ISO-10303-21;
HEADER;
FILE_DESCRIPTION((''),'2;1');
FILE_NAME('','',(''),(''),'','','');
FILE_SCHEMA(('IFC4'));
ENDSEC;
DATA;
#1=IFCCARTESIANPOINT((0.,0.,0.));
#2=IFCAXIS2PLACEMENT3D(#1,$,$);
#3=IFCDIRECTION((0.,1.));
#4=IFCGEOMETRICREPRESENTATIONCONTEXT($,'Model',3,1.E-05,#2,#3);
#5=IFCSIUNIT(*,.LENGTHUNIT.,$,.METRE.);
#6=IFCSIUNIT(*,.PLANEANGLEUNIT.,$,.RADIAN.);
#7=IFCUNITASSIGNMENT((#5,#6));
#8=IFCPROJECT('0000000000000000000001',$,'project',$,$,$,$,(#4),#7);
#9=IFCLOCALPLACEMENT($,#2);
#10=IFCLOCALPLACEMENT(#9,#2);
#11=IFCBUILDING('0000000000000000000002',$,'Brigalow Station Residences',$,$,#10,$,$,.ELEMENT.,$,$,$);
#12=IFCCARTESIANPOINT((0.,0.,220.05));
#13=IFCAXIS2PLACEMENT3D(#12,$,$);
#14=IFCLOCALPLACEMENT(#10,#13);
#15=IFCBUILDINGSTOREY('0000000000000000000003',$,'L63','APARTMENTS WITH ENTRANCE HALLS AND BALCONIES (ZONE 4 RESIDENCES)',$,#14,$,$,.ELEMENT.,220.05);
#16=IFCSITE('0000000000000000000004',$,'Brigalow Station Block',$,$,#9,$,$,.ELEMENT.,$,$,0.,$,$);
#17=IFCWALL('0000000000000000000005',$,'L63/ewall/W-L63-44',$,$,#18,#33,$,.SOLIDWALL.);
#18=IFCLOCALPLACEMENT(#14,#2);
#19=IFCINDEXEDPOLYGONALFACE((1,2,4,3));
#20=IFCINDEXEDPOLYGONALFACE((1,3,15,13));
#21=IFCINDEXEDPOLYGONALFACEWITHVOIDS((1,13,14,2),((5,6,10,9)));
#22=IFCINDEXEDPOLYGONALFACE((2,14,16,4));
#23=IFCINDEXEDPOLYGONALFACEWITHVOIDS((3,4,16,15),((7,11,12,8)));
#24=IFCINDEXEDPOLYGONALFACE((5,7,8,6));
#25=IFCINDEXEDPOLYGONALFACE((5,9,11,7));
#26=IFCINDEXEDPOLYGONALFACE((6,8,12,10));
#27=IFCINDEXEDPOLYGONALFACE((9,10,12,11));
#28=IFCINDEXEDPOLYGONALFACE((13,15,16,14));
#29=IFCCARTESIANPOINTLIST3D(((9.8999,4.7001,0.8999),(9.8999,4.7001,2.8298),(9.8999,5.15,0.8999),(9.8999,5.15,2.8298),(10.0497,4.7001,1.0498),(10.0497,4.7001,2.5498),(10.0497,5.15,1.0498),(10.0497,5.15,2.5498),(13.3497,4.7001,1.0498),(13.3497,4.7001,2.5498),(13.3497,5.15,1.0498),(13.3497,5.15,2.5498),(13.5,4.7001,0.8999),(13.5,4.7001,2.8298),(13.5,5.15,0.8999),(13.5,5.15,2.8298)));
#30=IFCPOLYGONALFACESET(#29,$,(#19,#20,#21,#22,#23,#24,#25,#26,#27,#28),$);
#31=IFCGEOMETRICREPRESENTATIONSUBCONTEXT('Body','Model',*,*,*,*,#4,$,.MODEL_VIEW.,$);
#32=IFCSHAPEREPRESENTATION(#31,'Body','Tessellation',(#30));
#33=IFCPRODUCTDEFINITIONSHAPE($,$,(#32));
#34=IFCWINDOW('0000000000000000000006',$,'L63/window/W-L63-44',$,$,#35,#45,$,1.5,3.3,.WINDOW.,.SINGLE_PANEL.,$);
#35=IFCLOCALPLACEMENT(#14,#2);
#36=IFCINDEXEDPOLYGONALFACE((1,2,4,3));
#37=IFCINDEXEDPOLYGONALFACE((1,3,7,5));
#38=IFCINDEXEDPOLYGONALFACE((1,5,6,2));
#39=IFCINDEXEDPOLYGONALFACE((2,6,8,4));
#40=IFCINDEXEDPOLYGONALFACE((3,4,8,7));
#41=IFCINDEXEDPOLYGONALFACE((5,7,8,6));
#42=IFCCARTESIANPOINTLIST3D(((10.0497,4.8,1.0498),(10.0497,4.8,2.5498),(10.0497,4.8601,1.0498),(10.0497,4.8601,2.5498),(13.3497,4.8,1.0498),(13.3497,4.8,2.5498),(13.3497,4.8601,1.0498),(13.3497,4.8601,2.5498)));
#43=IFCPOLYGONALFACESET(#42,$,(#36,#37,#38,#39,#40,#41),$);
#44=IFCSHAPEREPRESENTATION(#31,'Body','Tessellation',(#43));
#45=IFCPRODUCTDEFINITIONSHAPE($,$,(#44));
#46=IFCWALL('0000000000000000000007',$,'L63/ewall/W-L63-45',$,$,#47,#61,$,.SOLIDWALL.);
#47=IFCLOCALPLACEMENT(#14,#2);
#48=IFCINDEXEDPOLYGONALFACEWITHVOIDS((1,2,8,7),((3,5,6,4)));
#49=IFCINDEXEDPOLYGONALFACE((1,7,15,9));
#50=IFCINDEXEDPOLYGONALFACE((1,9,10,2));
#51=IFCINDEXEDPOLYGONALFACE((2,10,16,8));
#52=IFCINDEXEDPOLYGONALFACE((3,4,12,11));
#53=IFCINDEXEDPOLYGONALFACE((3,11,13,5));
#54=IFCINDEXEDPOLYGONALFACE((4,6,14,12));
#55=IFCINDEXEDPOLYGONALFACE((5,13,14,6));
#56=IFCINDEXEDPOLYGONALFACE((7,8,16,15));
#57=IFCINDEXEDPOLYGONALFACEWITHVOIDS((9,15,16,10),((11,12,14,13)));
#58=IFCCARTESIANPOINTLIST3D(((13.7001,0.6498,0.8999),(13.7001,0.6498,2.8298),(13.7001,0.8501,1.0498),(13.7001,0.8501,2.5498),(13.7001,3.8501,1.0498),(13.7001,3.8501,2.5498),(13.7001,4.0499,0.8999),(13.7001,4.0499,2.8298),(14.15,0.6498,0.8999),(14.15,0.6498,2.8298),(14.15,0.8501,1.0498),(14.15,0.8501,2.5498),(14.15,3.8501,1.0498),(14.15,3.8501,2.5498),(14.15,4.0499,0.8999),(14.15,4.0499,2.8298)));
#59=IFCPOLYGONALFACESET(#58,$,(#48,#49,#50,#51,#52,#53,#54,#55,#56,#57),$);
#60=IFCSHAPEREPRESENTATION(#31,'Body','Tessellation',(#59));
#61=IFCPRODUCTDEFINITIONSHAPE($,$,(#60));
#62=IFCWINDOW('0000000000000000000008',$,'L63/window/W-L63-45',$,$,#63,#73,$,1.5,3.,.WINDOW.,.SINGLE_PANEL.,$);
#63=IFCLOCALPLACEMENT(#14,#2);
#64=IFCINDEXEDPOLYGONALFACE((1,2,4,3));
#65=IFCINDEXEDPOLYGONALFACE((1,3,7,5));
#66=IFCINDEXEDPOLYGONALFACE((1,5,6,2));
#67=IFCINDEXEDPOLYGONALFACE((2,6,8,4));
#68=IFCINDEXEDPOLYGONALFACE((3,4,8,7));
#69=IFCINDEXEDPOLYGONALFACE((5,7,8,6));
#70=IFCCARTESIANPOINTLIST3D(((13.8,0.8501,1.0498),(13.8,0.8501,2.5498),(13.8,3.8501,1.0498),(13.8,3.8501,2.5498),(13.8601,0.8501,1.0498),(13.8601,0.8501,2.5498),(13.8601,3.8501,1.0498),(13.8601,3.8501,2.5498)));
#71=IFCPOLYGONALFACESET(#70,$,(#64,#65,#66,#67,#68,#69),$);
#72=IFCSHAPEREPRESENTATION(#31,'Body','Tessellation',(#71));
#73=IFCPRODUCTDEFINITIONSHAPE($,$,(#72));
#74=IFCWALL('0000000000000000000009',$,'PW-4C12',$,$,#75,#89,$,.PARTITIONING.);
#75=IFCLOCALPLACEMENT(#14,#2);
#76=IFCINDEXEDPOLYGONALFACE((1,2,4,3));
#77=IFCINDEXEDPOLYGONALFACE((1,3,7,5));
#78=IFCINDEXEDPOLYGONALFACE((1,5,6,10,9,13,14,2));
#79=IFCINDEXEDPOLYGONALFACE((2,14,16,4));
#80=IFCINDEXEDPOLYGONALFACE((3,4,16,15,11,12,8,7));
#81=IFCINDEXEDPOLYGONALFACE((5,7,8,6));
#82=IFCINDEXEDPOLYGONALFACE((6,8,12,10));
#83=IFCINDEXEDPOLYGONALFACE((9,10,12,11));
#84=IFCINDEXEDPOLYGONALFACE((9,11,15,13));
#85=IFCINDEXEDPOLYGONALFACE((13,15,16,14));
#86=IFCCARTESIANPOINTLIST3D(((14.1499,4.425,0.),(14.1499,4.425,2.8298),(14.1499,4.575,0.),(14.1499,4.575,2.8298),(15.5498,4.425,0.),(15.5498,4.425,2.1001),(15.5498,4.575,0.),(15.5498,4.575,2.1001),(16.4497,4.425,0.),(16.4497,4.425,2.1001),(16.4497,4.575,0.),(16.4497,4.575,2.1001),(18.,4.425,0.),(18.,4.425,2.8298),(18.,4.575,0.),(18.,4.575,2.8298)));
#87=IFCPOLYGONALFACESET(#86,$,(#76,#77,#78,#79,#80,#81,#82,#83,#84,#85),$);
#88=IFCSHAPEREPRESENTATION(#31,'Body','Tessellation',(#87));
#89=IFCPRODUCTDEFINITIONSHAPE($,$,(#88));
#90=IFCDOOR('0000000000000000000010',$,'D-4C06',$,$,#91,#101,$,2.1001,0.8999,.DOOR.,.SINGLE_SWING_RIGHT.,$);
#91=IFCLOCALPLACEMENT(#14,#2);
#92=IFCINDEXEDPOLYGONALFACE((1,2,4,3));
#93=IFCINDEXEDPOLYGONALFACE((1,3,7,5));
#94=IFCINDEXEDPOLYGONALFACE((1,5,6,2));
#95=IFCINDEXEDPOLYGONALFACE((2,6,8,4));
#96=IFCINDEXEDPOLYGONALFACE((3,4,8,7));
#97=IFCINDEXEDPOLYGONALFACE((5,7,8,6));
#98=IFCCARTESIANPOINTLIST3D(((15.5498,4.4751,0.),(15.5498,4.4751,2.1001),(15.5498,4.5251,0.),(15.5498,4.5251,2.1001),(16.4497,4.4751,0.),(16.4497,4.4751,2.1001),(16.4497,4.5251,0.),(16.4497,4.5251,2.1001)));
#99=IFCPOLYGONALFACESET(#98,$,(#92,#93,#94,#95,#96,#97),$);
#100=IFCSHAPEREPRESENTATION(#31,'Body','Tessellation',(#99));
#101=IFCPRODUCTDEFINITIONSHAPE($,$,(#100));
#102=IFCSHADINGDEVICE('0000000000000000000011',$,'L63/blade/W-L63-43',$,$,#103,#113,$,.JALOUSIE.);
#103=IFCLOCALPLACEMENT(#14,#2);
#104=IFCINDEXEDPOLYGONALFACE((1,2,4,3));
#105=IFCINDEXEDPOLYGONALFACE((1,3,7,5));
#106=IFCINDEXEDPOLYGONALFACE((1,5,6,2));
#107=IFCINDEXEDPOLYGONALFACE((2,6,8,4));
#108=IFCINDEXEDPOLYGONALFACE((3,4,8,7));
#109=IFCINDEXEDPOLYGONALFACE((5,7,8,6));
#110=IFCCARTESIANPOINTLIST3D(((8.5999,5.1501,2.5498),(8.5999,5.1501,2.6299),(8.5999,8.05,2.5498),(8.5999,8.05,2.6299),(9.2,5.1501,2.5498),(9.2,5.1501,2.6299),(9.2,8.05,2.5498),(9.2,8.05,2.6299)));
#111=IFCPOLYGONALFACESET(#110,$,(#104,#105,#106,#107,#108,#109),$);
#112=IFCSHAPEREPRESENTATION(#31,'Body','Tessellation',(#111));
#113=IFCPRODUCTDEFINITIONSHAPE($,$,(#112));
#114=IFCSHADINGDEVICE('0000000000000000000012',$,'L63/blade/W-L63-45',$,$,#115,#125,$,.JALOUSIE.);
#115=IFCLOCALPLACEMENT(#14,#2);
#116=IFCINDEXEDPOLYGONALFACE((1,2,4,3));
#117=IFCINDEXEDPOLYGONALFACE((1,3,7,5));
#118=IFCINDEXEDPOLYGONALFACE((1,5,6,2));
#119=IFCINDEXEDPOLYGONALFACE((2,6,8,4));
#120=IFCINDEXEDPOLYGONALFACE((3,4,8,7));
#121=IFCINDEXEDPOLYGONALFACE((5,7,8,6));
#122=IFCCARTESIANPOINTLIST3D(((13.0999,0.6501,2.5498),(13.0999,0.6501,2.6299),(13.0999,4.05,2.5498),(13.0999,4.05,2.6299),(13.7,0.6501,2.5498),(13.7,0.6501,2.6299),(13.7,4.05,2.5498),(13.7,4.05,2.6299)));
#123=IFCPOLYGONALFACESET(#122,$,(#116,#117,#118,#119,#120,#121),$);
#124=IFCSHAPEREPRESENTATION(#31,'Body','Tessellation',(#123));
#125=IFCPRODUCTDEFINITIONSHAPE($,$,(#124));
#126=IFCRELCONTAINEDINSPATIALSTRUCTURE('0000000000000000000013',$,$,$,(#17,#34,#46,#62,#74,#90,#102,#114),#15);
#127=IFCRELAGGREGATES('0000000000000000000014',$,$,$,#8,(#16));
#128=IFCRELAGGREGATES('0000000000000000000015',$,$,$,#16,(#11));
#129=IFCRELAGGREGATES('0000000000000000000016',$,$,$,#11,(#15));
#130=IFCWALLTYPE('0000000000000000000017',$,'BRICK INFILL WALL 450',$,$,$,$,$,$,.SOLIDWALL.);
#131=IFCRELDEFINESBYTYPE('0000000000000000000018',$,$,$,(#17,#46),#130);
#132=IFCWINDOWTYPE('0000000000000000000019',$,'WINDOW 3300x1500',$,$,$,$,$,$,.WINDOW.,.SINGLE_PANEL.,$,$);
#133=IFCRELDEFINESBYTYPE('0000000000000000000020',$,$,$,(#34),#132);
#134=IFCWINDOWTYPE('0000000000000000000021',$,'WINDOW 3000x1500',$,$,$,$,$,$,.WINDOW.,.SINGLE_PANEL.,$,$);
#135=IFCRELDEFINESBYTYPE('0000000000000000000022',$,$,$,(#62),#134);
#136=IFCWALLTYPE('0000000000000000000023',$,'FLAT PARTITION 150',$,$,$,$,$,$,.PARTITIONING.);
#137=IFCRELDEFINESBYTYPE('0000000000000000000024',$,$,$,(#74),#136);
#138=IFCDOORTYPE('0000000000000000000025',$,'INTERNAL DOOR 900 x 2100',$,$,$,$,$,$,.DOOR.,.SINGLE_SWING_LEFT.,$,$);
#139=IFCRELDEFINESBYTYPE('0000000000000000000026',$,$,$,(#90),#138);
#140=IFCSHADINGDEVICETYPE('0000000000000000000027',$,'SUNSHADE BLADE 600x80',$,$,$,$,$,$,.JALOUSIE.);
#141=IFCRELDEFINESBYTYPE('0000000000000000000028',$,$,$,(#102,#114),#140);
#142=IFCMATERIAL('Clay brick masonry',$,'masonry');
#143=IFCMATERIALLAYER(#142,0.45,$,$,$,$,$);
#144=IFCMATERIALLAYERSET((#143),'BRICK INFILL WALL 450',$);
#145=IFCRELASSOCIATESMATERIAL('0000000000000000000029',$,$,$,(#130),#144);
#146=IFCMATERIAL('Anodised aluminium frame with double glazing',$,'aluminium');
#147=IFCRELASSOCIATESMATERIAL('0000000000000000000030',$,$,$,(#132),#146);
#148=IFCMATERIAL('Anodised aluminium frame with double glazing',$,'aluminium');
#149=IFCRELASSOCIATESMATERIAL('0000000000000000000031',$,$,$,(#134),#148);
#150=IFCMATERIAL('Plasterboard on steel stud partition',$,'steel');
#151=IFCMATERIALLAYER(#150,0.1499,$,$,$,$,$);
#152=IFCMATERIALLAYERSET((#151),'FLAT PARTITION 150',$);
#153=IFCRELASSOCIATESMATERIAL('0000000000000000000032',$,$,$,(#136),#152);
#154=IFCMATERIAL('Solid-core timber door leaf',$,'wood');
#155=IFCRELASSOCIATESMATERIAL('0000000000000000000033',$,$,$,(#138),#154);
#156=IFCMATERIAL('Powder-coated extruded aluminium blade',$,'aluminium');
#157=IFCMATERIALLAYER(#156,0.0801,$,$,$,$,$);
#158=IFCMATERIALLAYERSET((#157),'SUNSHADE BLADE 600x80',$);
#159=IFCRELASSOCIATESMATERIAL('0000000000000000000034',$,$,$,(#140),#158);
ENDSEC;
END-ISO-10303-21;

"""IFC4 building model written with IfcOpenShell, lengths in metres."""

from ifc_helpers import new_model, si_unit, direction, frame, frame_2d, origin, origin_2d, place, context, subcontext, project, spatial, rectangle, extrude, material, layer, layer_set, type_object, element, fill, save


model = new_model("IFC4")

# Units and contexts
model_context = context("Model", 3, precision=1e-05, world=origin(), true_north=direction((0.0, 1.0)))
body_context = subcontext(model_context, "Body", "Model", "MODEL_VIEW")
ifc_project = project(units=[si_unit("LENGTHUNIT", "METRE"), si_unit("PLANEANGLEUNIT", "RADIAN")], contexts=[model_context])

# Site, building, storey
site_placement = place(None, origin())
site = spatial("IfcSite", under=ifc_project, at=site_placement, Name="Brigalow Station Block", CompositionType="ELEMENT", RefElevation=0.0)
building_placement = place(site_placement, origin())
building = spatial("IfcBuilding", under=site, at=building_placement, Name="Brigalow Station Residences", CompositionType="ELEMENT")
storey_placement = place(building_placement, frame((0.0, 0.0, 220.05)))
storey = spatial("IfcBuildingStorey", under=building, at=storey_placement, Name="L63", Description="APARTMENTS WITH ENTRANCE HALLS AND BALCONIES (ZONE 4 RESIDENCES)", CompositionType="ELEMENT", Elevation=220.05)

# Walls, openings, windows
ifc_material_1 = material(Name="Clay brick masonry", Category="masonry")
ifc_layer_1 = layer(ifc_material_1, 0.45)
ifc_layer_set_1 = layer_set([ifc_layer_1], Name="BRICK INFILL WALL 450")
wall_type_1 = type_object("IfcWallType", Name="BRICK INFILL WALL 450", PredefinedType="SOLIDWALL", material=ifc_layer_set_1)
wall_1_placement = place(storey_placement, frame((9.8999, 4.925, 0.8999), z_axis=(0.0, 0.0, 1.0), x_axis=(1.0, 0.0, 0.0)))
wall_1 = element("IfcWall", 1, at=wall_1_placement, inside=storey, type_object=wall_type_1, Name="L63/ewall/W-L63-44", PredefinedType="SOLIDWALL", context=body_context, shape_type="SweptSolid", body=[
    extrude(rectangle(XDim=3.6001, YDim=0.45, at=frame_2d((1.8, 0.0))), origin(), (0.0, 0.0, 1.0), 1.9299),
])
opening_1_placement = place(wall_1_placement, frame((0.1499, 0.0, 0.1499)))
opening_1 = element("IfcOpeningElement", 2, at=opening_1_placement, cuts=wall_1, PredefinedType="OPENING", context=body_context, shape_type="SweptSolid", body=[
    extrude(rectangle(XDim=3.3, YDim=1.5, at=frame_2d((1.6499, 0.75))), frame((0.0, 0.2349, 0.0), z_axis=(0.0, -1.0, 0.0), x_axis=(1.0, 0.0, 0.0)), (0.0, 0.0, 1.0), 0.47),
])
ifc_material_2 = material(Name="Anodised aluminium frame with double glazing", Category="aluminium")
window_type_1 = type_object("IfcWindowType", Name="WINDOW 3300x1500", PartitioningType="SINGLE_PANEL", PredefinedType="WINDOW", material=ifc_material_2)
window_1_placement = place(opening_1_placement, origin())
window_1 = element("IfcWindow", 3, at=window_1_placement, inside=storey, type_object=window_type_1, Name="L63/window/W-L63-44", OverallHeight=1.5, OverallWidth=3.3, PartitioningType="SINGLE_PANEL", PredefinedType="WINDOW", context=body_context, shape_type="SweptSolid", body=[
    extrude(rectangle(XDim=3.3, YDim=1.5, at=frame_2d((1.6499, 0.75))), frame((0.0, -0.0649, 0.0), z_axis=(0.0, -1.0, 0.0), x_axis=(1.0, 0.0, 0.0)), (0.0, 0.0, 1.0), 0.0601),
])
fill(opening_1, window_1)
wall_2_placement = place(storey_placement, frame((13.925, 4.05, 0.8999), z_axis=(0.0, 0.0, 1.0), x_axis=(0.0, -1.0, 0.0)))
wall_2 = element("IfcWall", 4, at=wall_2_placement, inside=storey, type_object=wall_type_1, Name="L63/ewall/W-L63-45", PredefinedType="SOLIDWALL", context=body_context, shape_type="SweptSolid", body=[
    extrude(rectangle(XDim=3.4001, YDim=0.45, at=frame_2d((1.7002, 0.0))), origin(), (0.0, 0.0, 1.0), 1.9299),
])
opening_2_placement = place(wall_2_placement, frame((0.2, 0.0, 0.1499)))
opening_2 = element("IfcOpeningElement", 5, at=opening_2_placement, cuts=wall_2, PredefinedType="OPENING", context=body_context, shape_type="SweptSolid", body=[
    extrude(rectangle(XDim=3.0, YDim=1.5, at=frame_2d((1.5, 0.75))), frame((0.0, 0.2349, 0.0), z_axis=(0.0, -1.0, 0.0), x_axis=(1.0, 0.0, 0.0)), (0.0, 0.0, 1.0), 0.47),
])
ifc_material_3 = material(Name="Anodised aluminium frame with double glazing", Category="aluminium")
window_type_2 = type_object("IfcWindowType", Name="WINDOW 3000x1500", PartitioningType="SINGLE_PANEL", PredefinedType="WINDOW", material=ifc_material_3)
window_2_placement = place(opening_2_placement, origin())
window_2 = element("IfcWindow", 6, at=window_2_placement, inside=storey, type_object=window_type_2, Name="L63/window/W-L63-45", OverallHeight=1.5, OverallWidth=3.0, PartitioningType="SINGLE_PANEL", PredefinedType="WINDOW", context=body_context, shape_type="SweptSolid", body=[
    extrude(rectangle(XDim=3.0, YDim=1.5, at=frame_2d((1.5, 0.75))), frame((0.0, -0.0649, 0.0), z_axis=(0.0, -1.0, 0.0), x_axis=(1.0, 0.0, 0.0)), (0.0, 0.0, 1.0), 0.0601),
])
fill(opening_2, window_2)

# Wall, opening, door
ifc_material_4 = material(Name="Plasterboard on steel stud partition", Category="steel")
ifc_layer_2 = layer(ifc_material_4, 0.1499)
ifc_layer_set_2 = layer_set([ifc_layer_2], Name="FLAT PARTITION 150")
wall_type_2 = type_object("IfcWallType", Name="FLAT PARTITION 150", PredefinedType="PARTITIONING", material=ifc_layer_set_2)
wall_3_placement = place(storey_placement, frame((14.1499, 4.5, 0.0), z_axis=(0.0, 0.0, 1.0), x_axis=(1.0, 0.0, 0.0)))
wall_3 = element("IfcWall", 7, at=wall_3_placement, inside=storey, type_object=wall_type_2, Name="PW-4C12", PredefinedType="PARTITIONING", context=body_context, shape_type="SweptSolid", body=[
    extrude(rectangle(XDim=3.8501, YDim=0.1499, at=frame_2d((1.925, 0.0))), origin(), (0.0, 0.0, 1.0), 2.8298),
])
opening_3_placement = place(wall_3_placement, frame((1.3999, 0.0, 0.0)))
opening_3 = element("IfcOpeningElement", 8, at=opening_3_placement, cuts=wall_3, PredefinedType="OPENING", context=body_context, shape_type="SweptSolid", body=[
    extrude(rectangle(XDim=0.8999, YDim=2.1001, at=frame_2d((0.45, 1.05))), frame((0.0, 0.085, 0.0), z_axis=(0.0, -1.0, 0.0), x_axis=(1.0, 0.0, 0.0)), (0.0, 0.0, 1.0), 0.1699),
])
ifc_material_5 = material(Name="Solid-core timber door leaf", Category="wood")
door_type = type_object("IfcDoorType", Name="INTERNAL DOOR 900 x 2100", OperationType="SINGLE_SWING_LEFT", PredefinedType="DOOR", material=ifc_material_5)
door_placement = place(opening_3_placement, frame((0.8999, 0.0, 0.0), z_axis=(0.0, 0.0, 1.0), x_axis=(-1.0, 0.0, 0.0)))
door = element("IfcDoor", 9, at=door_placement, inside=storey, type_object=door_type, Name="D-4C06", OperationType="SINGLE_SWING_RIGHT", OverallHeight=2.1001, OverallWidth=0.8999, PredefinedType="DOOR", context=body_context, shape_type="SweptSolid", body=[
    extrude(rectangle(XDim=0.8999, YDim=2.1001, at=frame_2d((0.45, 1.05))), frame((0.0, 0.0249, 0.0), z_axis=(0.0, -1.0, 0.0), x_axis=(1.0, 0.0, 0.0)), (0.0, 0.0, 1.0), 0.05),
])
fill(opening_3, door)

# Shading devices
ifc_material_6 = material(Name="Powder-coated extruded aluminium blade", Category="aluminium")
ifc_layer_3 = layer(ifc_material_6, 0.0801)
ifc_layer_set_3 = layer_set([ifc_layer_3], Name="SUNSHADE BLADE 600x80")
shading_device_type = type_object("IfcShadingDeviceType", Name="SUNSHADE BLADE 600x80", PredefinedType="JALOUSIE", material=ifc_layer_set_3)
shading_device_1_placement = place(storey_placement, frame((8.8999, 6.6001, 2.5498), z_axis=(0.0, 0.0, 1.0), x_axis=(0.0, -1.0, 0.0)))
element("IfcShadingDevice", 10, at=shading_device_1_placement, inside=storey, type_object=shading_device_type, Name="L63/blade/W-L63-43", PredefinedType="JALOUSIE", context=body_context, shape_type="SweptSolid", body=[
    extrude(rectangle(XDim=2.8999, YDim=0.6001, at=origin_2d()), origin(), (0.0, 0.0, 1.0), 0.0801),
])
shading_device_2_placement = place(storey_placement, frame((13.3999, 2.3501, 2.5498), z_axis=(0.0, 0.0, 1.0), x_axis=(0.0, -1.0, 0.0)))
element("IfcShadingDevice", 11, at=shading_device_2_placement, inside=storey, type_object=shading_device_type, Name="L63/blade/W-L63-45", PredefinedType="JALOUSIE", context=body_context, shape_type="SweptSolid", body=[
    extrude(rectangle(XDim=3.3999, YDim=0.6001, at=origin_2d()), origin(), (0.0, 0.0, 1.0), 0.0801),
])

save(model, "model.ifc")
